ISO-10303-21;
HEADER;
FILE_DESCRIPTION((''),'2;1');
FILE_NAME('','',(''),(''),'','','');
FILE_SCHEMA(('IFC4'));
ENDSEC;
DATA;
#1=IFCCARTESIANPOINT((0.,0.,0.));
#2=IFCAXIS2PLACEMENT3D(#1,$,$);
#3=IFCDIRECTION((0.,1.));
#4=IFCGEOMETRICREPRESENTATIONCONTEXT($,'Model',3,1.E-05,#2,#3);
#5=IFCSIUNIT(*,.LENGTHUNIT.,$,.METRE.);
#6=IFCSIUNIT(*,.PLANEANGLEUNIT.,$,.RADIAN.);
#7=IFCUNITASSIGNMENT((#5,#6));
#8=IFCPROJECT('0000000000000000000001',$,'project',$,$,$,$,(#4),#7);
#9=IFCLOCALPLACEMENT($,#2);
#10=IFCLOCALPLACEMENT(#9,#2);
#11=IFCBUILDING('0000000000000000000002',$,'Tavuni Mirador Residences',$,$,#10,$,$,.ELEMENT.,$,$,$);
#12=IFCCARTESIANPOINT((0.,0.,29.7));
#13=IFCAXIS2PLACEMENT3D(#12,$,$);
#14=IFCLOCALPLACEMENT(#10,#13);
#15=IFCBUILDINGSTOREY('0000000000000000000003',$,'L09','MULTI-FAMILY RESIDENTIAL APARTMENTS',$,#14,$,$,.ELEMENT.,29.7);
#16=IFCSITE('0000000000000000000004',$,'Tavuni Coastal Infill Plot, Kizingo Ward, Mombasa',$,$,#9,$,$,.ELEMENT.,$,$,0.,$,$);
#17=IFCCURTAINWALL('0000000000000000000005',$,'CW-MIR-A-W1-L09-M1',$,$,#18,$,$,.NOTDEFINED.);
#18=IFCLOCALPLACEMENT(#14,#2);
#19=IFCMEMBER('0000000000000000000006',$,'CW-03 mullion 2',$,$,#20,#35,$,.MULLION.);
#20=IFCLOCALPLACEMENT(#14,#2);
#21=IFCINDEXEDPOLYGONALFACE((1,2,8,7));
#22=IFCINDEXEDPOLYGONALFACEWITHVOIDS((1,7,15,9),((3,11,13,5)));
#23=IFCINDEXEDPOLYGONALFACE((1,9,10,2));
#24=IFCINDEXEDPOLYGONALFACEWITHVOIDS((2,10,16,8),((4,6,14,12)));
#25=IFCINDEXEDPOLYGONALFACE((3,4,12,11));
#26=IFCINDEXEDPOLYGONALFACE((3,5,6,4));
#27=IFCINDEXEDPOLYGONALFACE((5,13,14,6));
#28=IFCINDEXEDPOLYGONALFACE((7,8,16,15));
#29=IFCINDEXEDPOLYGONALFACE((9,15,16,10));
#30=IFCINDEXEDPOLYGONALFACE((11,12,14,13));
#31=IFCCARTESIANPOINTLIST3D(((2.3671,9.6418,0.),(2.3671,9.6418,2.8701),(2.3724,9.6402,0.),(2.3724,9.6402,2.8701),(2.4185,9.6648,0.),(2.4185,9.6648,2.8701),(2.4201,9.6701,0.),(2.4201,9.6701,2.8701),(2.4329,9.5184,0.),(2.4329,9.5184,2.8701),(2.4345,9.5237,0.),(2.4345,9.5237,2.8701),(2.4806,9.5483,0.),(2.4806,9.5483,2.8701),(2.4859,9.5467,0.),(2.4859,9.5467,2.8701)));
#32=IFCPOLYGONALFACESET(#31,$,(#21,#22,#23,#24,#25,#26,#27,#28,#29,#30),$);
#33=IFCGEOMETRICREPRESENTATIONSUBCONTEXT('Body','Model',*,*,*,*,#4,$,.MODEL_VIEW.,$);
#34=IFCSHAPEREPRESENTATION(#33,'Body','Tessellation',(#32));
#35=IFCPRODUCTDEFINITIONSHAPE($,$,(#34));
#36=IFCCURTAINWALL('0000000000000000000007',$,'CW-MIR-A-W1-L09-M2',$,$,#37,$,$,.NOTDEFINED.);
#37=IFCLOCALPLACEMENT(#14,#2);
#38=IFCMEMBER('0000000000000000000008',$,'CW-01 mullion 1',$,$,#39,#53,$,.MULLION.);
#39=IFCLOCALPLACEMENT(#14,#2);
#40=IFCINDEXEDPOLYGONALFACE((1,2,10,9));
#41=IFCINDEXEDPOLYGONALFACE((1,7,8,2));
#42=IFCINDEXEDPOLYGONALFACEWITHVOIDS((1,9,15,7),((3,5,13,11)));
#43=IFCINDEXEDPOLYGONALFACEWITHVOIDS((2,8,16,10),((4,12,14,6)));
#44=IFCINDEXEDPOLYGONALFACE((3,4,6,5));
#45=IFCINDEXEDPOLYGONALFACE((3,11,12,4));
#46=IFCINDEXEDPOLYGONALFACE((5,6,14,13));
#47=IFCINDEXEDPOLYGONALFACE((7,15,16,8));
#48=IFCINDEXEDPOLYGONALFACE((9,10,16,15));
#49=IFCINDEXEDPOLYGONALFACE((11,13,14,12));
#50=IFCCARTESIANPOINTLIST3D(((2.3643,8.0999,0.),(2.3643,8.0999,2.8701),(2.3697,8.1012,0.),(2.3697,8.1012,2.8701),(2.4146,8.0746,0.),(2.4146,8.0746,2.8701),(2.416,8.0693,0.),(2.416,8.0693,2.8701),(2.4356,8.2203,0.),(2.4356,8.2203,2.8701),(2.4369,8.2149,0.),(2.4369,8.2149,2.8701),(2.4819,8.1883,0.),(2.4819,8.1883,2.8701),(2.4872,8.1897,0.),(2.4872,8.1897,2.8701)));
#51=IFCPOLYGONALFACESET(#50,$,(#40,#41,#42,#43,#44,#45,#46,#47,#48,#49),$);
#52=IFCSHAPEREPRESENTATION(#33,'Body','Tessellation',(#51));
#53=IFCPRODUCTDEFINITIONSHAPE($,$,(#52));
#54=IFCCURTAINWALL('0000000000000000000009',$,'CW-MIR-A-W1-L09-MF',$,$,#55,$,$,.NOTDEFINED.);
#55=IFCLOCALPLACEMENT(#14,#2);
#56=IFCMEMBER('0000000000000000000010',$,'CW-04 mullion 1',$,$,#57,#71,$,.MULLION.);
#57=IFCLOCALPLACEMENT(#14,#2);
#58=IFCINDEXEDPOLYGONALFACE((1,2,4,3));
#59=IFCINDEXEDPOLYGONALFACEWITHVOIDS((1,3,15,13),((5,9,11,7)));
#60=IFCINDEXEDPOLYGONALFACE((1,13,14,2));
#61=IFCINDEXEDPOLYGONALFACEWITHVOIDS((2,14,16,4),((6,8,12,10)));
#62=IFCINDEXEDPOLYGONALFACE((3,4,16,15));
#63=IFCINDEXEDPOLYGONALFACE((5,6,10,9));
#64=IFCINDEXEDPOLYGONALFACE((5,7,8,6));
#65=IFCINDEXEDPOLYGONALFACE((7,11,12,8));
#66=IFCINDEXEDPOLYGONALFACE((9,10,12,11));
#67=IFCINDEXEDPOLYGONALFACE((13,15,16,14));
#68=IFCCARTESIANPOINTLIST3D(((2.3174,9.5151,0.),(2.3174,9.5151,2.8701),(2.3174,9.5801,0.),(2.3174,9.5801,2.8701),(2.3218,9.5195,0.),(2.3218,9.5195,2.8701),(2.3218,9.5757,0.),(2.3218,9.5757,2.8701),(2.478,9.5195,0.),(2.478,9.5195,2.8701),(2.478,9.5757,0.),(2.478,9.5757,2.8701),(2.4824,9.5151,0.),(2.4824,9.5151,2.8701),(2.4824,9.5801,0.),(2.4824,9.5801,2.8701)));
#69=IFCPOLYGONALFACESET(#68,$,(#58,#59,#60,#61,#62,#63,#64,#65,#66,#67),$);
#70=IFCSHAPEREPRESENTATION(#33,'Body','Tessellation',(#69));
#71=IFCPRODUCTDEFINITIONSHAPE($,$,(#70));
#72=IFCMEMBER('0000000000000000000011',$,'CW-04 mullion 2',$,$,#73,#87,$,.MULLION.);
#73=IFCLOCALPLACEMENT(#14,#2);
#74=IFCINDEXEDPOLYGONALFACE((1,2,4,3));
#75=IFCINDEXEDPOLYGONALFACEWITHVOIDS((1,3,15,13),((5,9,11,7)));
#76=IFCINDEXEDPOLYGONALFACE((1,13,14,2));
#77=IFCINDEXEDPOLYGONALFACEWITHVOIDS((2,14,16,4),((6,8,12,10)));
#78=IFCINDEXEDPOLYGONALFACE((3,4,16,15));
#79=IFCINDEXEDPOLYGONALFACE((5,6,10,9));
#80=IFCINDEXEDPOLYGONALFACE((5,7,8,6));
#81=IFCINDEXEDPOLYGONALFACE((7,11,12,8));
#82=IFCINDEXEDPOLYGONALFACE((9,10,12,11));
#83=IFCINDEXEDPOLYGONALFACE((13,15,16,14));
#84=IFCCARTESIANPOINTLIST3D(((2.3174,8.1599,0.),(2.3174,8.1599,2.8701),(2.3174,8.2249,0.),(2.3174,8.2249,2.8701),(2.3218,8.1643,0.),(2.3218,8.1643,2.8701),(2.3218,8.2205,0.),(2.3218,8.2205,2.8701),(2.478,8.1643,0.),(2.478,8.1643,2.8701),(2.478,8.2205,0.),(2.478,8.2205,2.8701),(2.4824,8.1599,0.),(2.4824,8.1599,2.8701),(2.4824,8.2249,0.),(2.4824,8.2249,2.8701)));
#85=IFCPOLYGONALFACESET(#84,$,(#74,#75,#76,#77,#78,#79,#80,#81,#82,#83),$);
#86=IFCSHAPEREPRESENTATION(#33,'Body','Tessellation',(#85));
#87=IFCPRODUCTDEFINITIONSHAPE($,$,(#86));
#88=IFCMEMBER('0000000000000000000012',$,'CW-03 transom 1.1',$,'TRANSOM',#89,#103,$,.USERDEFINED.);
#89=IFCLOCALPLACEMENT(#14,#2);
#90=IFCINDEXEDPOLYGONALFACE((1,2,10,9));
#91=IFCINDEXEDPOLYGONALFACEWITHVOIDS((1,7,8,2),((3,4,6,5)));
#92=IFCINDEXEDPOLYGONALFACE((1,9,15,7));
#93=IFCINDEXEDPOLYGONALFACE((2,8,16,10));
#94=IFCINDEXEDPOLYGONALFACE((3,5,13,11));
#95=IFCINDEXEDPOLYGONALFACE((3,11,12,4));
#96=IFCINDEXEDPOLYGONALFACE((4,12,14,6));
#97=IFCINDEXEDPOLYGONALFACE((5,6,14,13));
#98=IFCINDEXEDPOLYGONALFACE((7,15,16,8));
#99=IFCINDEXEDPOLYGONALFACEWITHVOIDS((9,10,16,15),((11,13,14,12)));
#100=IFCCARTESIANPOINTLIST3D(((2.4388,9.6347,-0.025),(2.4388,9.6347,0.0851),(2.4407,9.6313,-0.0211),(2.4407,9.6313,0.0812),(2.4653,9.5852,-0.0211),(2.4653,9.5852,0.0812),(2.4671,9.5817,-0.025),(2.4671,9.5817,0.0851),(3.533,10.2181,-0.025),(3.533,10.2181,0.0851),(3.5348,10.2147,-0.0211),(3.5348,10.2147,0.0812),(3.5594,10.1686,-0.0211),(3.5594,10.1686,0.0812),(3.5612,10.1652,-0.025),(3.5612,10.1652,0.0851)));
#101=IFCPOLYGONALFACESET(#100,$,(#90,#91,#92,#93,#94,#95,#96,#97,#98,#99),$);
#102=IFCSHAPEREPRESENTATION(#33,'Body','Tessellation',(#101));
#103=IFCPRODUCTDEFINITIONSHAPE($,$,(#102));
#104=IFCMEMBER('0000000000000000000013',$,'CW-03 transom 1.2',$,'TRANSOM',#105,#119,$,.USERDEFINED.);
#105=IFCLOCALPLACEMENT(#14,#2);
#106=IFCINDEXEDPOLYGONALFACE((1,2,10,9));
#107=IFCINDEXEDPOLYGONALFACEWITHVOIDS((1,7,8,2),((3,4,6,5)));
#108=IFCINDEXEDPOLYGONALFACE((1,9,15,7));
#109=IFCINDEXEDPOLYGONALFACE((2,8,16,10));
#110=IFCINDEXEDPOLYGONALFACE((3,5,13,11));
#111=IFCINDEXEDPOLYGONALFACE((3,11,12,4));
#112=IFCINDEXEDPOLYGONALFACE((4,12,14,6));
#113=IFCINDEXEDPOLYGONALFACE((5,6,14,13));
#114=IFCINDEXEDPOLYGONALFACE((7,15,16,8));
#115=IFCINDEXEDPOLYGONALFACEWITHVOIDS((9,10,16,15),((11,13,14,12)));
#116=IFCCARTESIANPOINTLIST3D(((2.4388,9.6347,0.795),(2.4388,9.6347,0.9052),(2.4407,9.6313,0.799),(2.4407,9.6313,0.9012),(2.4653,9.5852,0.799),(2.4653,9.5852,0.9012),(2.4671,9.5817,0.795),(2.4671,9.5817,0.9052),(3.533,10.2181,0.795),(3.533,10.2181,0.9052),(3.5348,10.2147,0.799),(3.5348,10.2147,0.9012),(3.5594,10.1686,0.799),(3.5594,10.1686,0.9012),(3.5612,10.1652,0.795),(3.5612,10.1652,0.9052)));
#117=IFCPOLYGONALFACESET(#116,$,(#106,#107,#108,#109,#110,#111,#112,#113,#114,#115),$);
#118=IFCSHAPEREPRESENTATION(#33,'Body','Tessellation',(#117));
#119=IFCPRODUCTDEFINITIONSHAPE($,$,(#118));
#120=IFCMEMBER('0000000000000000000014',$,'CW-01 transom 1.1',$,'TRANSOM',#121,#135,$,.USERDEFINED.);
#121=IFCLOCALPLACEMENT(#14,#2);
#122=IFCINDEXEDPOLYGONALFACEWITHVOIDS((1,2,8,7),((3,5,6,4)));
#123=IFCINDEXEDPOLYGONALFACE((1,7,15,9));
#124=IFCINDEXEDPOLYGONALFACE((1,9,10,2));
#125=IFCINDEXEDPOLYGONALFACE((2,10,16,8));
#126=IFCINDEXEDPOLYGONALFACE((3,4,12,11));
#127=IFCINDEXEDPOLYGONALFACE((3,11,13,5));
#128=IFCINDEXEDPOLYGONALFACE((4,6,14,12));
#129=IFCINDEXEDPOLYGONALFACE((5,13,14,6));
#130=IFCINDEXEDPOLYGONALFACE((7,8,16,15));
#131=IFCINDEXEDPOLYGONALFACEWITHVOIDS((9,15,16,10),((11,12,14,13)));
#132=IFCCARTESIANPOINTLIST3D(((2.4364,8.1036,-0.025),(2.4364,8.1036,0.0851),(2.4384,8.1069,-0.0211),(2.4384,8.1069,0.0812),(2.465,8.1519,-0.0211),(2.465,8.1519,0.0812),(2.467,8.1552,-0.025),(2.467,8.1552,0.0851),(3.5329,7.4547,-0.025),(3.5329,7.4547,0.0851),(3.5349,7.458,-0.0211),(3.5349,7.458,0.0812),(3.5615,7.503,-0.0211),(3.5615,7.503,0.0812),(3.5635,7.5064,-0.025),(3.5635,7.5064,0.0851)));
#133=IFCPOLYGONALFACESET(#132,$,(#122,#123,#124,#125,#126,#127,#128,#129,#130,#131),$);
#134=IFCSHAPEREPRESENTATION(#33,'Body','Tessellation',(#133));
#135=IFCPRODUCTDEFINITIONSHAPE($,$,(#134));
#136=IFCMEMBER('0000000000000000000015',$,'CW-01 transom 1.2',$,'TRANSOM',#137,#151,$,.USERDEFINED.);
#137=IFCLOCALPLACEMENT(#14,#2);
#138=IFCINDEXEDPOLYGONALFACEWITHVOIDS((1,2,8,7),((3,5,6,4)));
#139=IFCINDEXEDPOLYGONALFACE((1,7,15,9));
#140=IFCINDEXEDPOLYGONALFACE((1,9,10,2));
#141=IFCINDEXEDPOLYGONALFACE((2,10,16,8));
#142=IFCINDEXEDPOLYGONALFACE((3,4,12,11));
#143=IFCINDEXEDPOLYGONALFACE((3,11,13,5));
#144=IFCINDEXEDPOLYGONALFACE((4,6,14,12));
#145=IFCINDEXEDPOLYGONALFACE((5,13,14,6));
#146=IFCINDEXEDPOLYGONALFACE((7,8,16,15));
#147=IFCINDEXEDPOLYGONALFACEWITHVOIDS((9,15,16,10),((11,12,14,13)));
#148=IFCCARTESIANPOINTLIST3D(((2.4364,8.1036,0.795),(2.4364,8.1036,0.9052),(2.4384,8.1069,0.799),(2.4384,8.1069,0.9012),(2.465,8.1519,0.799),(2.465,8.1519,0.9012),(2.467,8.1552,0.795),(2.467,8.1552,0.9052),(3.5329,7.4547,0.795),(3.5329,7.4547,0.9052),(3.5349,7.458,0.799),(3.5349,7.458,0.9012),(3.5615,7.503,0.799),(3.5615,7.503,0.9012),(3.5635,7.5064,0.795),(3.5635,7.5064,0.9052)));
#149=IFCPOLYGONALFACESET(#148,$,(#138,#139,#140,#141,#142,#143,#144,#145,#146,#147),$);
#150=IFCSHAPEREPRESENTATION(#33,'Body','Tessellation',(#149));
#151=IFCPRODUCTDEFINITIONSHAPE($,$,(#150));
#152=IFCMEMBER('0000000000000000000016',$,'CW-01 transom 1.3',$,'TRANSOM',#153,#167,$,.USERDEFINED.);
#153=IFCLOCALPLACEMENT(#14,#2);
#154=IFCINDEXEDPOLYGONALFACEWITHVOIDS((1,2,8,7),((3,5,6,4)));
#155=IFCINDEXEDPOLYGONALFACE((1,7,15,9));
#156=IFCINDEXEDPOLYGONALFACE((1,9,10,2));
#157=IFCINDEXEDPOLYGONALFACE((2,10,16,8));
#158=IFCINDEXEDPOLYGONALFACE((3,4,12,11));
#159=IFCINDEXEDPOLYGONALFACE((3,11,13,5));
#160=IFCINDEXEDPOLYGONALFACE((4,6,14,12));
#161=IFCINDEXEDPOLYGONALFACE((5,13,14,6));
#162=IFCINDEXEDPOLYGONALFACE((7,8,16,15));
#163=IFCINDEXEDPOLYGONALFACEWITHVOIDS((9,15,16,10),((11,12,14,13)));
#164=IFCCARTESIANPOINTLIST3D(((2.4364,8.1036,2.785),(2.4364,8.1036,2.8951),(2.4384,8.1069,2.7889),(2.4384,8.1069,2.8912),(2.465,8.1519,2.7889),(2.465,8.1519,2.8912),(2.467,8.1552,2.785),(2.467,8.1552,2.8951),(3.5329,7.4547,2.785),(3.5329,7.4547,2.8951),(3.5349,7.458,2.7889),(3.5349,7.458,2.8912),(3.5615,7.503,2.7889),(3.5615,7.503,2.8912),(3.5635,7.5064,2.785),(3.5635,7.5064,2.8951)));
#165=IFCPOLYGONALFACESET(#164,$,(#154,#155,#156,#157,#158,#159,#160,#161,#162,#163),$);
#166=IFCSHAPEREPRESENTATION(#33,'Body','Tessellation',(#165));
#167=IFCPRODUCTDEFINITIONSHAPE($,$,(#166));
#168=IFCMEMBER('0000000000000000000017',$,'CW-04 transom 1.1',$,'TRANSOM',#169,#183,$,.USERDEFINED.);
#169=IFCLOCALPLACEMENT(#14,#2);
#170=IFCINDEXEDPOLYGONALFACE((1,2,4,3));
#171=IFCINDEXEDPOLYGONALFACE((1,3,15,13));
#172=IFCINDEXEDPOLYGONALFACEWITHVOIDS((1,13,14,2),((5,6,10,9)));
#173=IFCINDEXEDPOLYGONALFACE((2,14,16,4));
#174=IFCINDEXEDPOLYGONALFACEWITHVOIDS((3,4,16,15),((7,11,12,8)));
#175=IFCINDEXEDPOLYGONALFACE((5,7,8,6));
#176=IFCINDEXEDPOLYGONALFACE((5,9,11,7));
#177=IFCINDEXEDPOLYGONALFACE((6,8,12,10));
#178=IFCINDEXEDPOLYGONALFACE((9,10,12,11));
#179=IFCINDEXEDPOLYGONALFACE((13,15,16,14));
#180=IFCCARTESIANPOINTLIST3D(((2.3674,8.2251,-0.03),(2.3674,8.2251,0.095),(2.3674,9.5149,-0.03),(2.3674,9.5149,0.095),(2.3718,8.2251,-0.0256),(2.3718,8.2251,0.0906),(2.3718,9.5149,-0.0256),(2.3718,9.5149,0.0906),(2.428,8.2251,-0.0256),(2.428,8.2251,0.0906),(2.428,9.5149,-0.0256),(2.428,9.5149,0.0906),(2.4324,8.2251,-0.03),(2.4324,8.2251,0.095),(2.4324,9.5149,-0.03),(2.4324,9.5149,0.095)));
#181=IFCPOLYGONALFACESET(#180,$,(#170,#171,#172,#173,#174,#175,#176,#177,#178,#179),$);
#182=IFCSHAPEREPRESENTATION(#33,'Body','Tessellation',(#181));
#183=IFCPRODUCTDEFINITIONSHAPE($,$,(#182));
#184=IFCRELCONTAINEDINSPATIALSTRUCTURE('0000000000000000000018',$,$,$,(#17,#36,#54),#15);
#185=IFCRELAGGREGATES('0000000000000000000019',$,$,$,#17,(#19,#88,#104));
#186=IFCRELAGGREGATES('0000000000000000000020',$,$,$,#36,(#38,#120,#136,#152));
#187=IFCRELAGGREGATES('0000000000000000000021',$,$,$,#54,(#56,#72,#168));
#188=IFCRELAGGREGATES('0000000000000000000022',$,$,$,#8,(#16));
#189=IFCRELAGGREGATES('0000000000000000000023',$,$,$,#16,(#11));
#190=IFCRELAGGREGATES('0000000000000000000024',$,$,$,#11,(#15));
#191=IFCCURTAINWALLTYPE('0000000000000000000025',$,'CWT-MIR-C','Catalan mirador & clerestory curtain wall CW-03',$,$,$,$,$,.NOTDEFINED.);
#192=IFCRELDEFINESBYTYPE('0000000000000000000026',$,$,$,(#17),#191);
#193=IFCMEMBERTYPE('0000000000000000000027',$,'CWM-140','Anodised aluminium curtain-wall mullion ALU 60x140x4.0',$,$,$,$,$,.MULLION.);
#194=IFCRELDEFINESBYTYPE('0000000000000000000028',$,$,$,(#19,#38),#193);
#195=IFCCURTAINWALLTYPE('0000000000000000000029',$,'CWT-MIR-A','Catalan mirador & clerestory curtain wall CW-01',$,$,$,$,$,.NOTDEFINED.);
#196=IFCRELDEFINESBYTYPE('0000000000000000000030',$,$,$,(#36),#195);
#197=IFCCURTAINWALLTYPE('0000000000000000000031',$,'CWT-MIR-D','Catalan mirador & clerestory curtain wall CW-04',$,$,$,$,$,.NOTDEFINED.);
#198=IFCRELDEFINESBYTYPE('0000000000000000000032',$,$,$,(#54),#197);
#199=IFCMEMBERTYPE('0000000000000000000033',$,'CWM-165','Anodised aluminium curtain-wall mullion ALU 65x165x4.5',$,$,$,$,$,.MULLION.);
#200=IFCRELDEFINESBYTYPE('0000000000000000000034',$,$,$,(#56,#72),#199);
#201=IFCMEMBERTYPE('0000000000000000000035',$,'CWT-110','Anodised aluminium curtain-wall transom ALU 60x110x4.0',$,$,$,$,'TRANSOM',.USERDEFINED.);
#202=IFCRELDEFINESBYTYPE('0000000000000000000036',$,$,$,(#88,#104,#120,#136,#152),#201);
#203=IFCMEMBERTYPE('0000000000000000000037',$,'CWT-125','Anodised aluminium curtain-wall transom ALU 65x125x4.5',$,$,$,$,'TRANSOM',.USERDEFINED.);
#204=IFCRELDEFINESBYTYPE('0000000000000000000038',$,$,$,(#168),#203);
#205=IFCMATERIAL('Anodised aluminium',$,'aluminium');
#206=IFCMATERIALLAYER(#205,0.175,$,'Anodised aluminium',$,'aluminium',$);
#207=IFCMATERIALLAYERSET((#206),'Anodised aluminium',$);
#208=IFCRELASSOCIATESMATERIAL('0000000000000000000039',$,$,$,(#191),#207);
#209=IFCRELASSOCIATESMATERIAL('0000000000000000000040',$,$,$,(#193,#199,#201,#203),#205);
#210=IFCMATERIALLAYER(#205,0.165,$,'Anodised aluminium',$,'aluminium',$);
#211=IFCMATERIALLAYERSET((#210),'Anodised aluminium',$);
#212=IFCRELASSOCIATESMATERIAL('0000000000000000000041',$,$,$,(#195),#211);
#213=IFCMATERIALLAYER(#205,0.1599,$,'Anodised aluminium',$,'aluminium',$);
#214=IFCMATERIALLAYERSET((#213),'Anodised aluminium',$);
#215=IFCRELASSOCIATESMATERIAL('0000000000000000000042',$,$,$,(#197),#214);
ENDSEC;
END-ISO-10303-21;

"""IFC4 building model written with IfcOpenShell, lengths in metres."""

from ifc_helpers import new_model, si_unit, direction, frame, origin, origin_2d, place, context, subcontext, project, spatial, hollow_rectangle, extrude, material, layer, layer_set, material_profile, profile_set, type_object, element, aggregate, save


model = new_model("IFC4")

# Units and contexts
model_context = context("Model", 3, precision=1e-05, world=origin(), true_north=direction((0.0, 1.0)))
body_context = subcontext(model_context, "Body", "Model", "MODEL_VIEW")
ifc_project = project(units=[si_unit("LENGTHUNIT", "METRE"), si_unit("PLANEANGLEUNIT", "RADIAN")], contexts=[model_context])

# Site, building, storey
site_placement = place(None, origin())
site = spatial("IfcSite", under=ifc_project, at=site_placement, Name="Tavuni Coastal Infill Plot, Kizingo Ward, Mombasa", CompositionType="ELEMENT", RefElevation=0.0)
building_placement = place(site_placement, origin())
building = spatial("IfcBuilding", under=site, at=building_placement, Name="Tavuni Mirador Residences", CompositionType="ELEMENT")
storey_placement = place(building_placement, frame((0.0, 0.0, 29.7)))
storey = spatial("IfcBuildingStorey", under=building, at=storey_placement, Name="L09", Description="MULTI-FAMILY RESIDENTIAL APARTMENTS", CompositionType="ELEMENT", Elevation=29.7)

# Curtain walls, members
ifc_material_1 = material(Name="Anodised aluminium", Category="aluminium")
ifc_layer_1 = layer(ifc_material_1, 0.175, Name="Anodised aluminium", Category="aluminium")
ifc_layer_set_1 = layer_set([ifc_layer_1], Name="Anodised aluminium")
curtain_wall_type_1 = type_object("IfcCurtainWallType", Name="CWT-MIR-C", Description="Catalan mirador & clerestory curtain wall CW-03", PredefinedType="NOTDEFINED", material=ifc_layer_set_1)
curtain_wall_1_placement = place(storey_placement, origin())
curtain_wall_1 = element("IfcCurtainWall", 1, at=curtain_wall_1_placement, inside=storey, type_object=curtain_wall_type_1, Name="CW-MIR-A-W1-L09-M1", PredefinedType="NOTDEFINED")
ifc_material_profile_1 = material_profile(ifc_material_1, hollow_rectangle(XDim=0.0601, YDim=0.1399, WallThickness=0.0039, at=origin_2d()), Name="ALU 60x140x4.0", Category="aluminium")
ifc_profile_set_1 = profile_set([ifc_material_profile_1], Name="Anodised aluminium")
member_type_1 = type_object("IfcMemberType", Name="CWM-140", Description="Anodised aluminium curtain-wall mullion ALU 60x140x4.0", PredefinedType="MULLION", material=ifc_profile_set_1)
member_1_placement = place(storey_placement, frame((2.4265, 9.5942, 0.0), z_axis=(0.0, 0.0, 1.0), x_axis=(-0.882353, -0.470588, 0.0)))
member_1 = element("IfcMember", 2, at=member_1_placement, type_object=member_type_1, Name="CW-03 mullion 2", PredefinedType="MULLION", context=body_context, shape_type="SweptSolid", body=[
    extrude(hollow_rectangle(XDim=0.0601, YDim=0.1399, WallThickness=0.0039, at=origin_2d()), origin(), (0.0, 0.0, 1.0), 2.8701),
])
ifc_layer_2 = layer(ifc_material_1, 0.165, Name="Anodised aluminium", Category="aluminium")
ifc_layer_set_2 = layer_set([ifc_layer_2], Name="Anodised aluminium")
curtain_wall_type_2 = type_object("IfcCurtainWallType", Name="CWT-MIR-A", Description="Catalan mirador & clerestory curtain wall CW-01", PredefinedType="NOTDEFINED", material=ifc_layer_set_2)
curtain_wall_2_placement = place(storey_placement, origin())
curtain_wall_2 = element("IfcCurtainWall", 3, at=curtain_wall_2_placement, inside=storey, type_object=curtain_wall_type_2, Name="CW-MIR-A-W1-L09-M2", PredefinedType="NOTDEFINED")
member_2_placement = place(storey_placement, frame((2.4258, 8.1448, 0.0), z_axis=(0.0, 0.0, 1.0), x_axis=(0.860641, -0.509212, 0.0)))
member_2 = element("IfcMember", 4, at=member_2_placement, type_object=member_type_1, Name="CW-01 mullion 1", PredefinedType="MULLION", context=body_context, shape_type="SweptSolid", body=[
    extrude(hollow_rectangle(XDim=0.0601, YDim=0.1399, WallThickness=0.0039, at=origin_2d()), origin(), (0.0, 0.0, 1.0), 2.8701),
])

# Curtain wall, members
ifc_layer_3 = layer(ifc_material_1, 0.1599, Name="Anodised aluminium", Category="aluminium")
ifc_layer_set_3 = layer_set([ifc_layer_3], Name="Anodised aluminium")
curtain_wall_type_3 = type_object("IfcCurtainWallType", Name="CWT-MIR-D", Description="Catalan mirador & clerestory curtain wall CW-04", PredefinedType="NOTDEFINED", material=ifc_layer_set_3)
curtain_wall_3_placement = place(storey_placement, origin())
curtain_wall_3 = element("IfcCurtainWall", 5, at=curtain_wall_3_placement, inside=storey, type_object=curtain_wall_type_3, Name="CW-MIR-A-W1-L09-MF", PredefinedType="NOTDEFINED")
ifc_material_profile_2 = material_profile(ifc_material_1, hollow_rectangle(XDim=0.0649, YDim=0.165, WallThickness=0.0044, at=origin_2d()), Name="ALU 65x165x4.5", Category="aluminium")
ifc_profile_set_2 = profile_set([ifc_material_profile_2], Name="Anodised aluminium")
member_type_2 = type_object("IfcMemberType", Name="CWM-165", Description="Anodised aluminium curtain-wall mullion ALU 65x165x4.5", PredefinedType="MULLION", material=ifc_profile_set_2)
member_3_placement = place(storey_placement, frame((2.3999, 9.5476, 0.0), z_axis=(0.0, 0.0, 1.0), x_axis=(0.0, -1.0, 0.0)))
member_3 = element("IfcMember", 6, at=member_3_placement, type_object=member_type_2, Name="CW-04 mullion 1", PredefinedType="MULLION", context=body_context, shape_type="SweptSolid", body=[
    extrude(hollow_rectangle(XDim=0.0649, YDim=0.165, WallThickness=0.0044, at=origin_2d()), origin(), (0.0, 0.0, 1.0), 2.8701),
])
member_4_placement = place(storey_placement, frame((2.3999, 8.1924, 0.0), z_axis=(0.0, 0.0, 1.0), x_axis=(0.0, -1.0, 0.0)))
member_4 = element("IfcMember", 7, at=member_4_placement, type_object=member_type_2, Name="CW-04 mullion 2", PredefinedType="MULLION", context=body_context, shape_type="SweptSolid", body=[
    extrude(hollow_rectangle(XDim=0.0649, YDim=0.165, WallThickness=0.0044, at=origin_2d()), origin(), (0.0, 0.0, 1.0), 2.8701),
])

# Members
ifc_material_profile_3 = material_profile(ifc_material_1, hollow_rectangle(XDim=0.0601, YDim=0.1101, WallThickness=0.0039, at=origin_2d()), Name="ALU 60x110x4.0", Category="aluminium")
ifc_profile_set_3 = profile_set([ifc_material_profile_3], Name="Anodised aluminium")
member_type_3 = type_object("IfcMemberType", Name="CWT-110", Description="Anodised aluminium curtain-wall transom ALU 60x110x4.0", ElementType="TRANSOM", PredefinedType="USERDEFINED", material=ifc_profile_set_3)
member_5_placement = place(storey_placement, frame((3.5471, 10.1917, 0.03), z_axis=(-0.882386, -0.470527, 0.0), x_axis=(0.470527, -0.882386, 0.0)))
member_5 = element("IfcMember", 8, at=member_5_placement, type_object=member_type_3, Name="CW-03 transom 1.1", ObjectType="TRANSOM", PredefinedType="USERDEFINED", context=body_context, shape_type="SweptSolid", body=[
    extrude(hollow_rectangle(XDim=0.0601, YDim=0.1101, WallThickness=0.0039, at=origin_2d()), origin(), (0.0, 0.0, 1.0), 1.24),
])
member_6_placement = place(storey_placement, frame((3.5471, 10.1917, 0.8501), z_axis=(-0.882386, -0.470527, 0.0), x_axis=(0.470527, -0.882386, 0.0)))
member_6 = element("IfcMember", 9, at=member_6_placement, type_object=member_type_3, Name="CW-03 transom 1.2", ObjectType="TRANSOM", PredefinedType="USERDEFINED", context=body_context, shape_type="SweptSolid", body=[
    extrude(hollow_rectangle(XDim=0.0601, YDim=0.1101, WallThickness=0.0039, at=origin_2d()), origin(), (0.0, 0.0, 1.0), 1.24),
])
member_7_placement = place(storey_placement, frame((2.4517, 8.1294, 0.03), z_axis=(0.860621, -0.509246, 0.0), x_axis=(0.509246, 0.860621, 0.0)))
member_7 = element("IfcMember", 10, at=member_7_placement, type_object=member_type_3, Name="CW-01 transom 1.1", ObjectType="TRANSOM", PredefinedType="USERDEFINED", context=body_context, shape_type="SweptSolid", body=[
    extrude(hollow_rectangle(XDim=0.0601, YDim=0.1101, WallThickness=0.0039, at=origin_2d()), origin(), (0.0, 0.0, 1.0), 1.2742),
])
member_8_placement = place(storey_placement, frame((2.4517, 8.1294, 0.8501), z_axis=(0.860621, -0.509246, 0.0), x_axis=(0.509246, 0.860621, 0.0)))
member_8 = element("IfcMember", 11, at=member_8_placement, type_object=member_type_3, Name="CW-01 transom 1.2", ObjectType="TRANSOM", PredefinedType="USERDEFINED", context=body_context, shape_type="SweptSolid", body=[
    extrude(hollow_rectangle(XDim=0.0601, YDim=0.1101, WallThickness=0.0039, at=origin_2d()), origin(), (0.0, 0.0, 1.0), 1.2742),
])
member_9_placement = place(storey_placement, frame((2.4517, 8.1294, 2.8401), z_axis=(0.860621, -0.509246, 0.0), x_axis=(0.509246, 0.860621, 0.0)))
member_9 = element("IfcMember", 12, at=member_9_placement, type_object=member_type_3, Name="CW-01 transom 1.3", ObjectType="TRANSOM", PredefinedType="USERDEFINED", context=body_context, shape_type="SweptSolid", body=[
    extrude(hollow_rectangle(XDim=0.0601, YDim=0.1101, WallThickness=0.0039, at=origin_2d()), origin(), (0.0, 0.0, 1.0), 1.2742),
])
ifc_material_profile_4 = material_profile(ifc_material_1, hollow_rectangle(XDim=0.0649, YDim=0.125, WallThickness=0.0044, at=origin_2d()), Name="ALU 65x125x4.5", Category="aluminium")
ifc_profile_set_4 = profile_set([ifc_material_profile_4], Name="Anodised aluminium")
member_type_4 = type_object("IfcMemberType", Name="CWT-125", Description="Anodised aluminium curtain-wall transom ALU 65x125x4.5", ElementType="TRANSOM", PredefinedType="USERDEFINED", material=ifc_profile_set_4)
member_10_placement = place(storey_placement, frame((2.3999, 9.5149, 0.0325), z_axis=(0.0, -1.0, 0.0), x_axis=(1.0, 0.0, 0.0)))
member_10 = element("IfcMember", 13, at=member_10_placement, type_object=member_type_4, Name="CW-04 transom 1.1", ObjectType="TRANSOM", PredefinedType="USERDEFINED", context=body_context, shape_type="SweptSolid", body=[
    extrude(hollow_rectangle(XDim=0.0649, YDim=0.125, WallThickness=0.0044, at=origin_2d()), origin(), (0.0, 0.0, 1.0), 1.2898),
])

aggregate(curtain_wall_1, [member_1, member_5, member_6])
aggregate(curtain_wall_2, [member_2, member_7, member_8, member_9])
aggregate(curtain_wall_3, [member_3, member_4, member_10])

save(model, "model.ifc")
